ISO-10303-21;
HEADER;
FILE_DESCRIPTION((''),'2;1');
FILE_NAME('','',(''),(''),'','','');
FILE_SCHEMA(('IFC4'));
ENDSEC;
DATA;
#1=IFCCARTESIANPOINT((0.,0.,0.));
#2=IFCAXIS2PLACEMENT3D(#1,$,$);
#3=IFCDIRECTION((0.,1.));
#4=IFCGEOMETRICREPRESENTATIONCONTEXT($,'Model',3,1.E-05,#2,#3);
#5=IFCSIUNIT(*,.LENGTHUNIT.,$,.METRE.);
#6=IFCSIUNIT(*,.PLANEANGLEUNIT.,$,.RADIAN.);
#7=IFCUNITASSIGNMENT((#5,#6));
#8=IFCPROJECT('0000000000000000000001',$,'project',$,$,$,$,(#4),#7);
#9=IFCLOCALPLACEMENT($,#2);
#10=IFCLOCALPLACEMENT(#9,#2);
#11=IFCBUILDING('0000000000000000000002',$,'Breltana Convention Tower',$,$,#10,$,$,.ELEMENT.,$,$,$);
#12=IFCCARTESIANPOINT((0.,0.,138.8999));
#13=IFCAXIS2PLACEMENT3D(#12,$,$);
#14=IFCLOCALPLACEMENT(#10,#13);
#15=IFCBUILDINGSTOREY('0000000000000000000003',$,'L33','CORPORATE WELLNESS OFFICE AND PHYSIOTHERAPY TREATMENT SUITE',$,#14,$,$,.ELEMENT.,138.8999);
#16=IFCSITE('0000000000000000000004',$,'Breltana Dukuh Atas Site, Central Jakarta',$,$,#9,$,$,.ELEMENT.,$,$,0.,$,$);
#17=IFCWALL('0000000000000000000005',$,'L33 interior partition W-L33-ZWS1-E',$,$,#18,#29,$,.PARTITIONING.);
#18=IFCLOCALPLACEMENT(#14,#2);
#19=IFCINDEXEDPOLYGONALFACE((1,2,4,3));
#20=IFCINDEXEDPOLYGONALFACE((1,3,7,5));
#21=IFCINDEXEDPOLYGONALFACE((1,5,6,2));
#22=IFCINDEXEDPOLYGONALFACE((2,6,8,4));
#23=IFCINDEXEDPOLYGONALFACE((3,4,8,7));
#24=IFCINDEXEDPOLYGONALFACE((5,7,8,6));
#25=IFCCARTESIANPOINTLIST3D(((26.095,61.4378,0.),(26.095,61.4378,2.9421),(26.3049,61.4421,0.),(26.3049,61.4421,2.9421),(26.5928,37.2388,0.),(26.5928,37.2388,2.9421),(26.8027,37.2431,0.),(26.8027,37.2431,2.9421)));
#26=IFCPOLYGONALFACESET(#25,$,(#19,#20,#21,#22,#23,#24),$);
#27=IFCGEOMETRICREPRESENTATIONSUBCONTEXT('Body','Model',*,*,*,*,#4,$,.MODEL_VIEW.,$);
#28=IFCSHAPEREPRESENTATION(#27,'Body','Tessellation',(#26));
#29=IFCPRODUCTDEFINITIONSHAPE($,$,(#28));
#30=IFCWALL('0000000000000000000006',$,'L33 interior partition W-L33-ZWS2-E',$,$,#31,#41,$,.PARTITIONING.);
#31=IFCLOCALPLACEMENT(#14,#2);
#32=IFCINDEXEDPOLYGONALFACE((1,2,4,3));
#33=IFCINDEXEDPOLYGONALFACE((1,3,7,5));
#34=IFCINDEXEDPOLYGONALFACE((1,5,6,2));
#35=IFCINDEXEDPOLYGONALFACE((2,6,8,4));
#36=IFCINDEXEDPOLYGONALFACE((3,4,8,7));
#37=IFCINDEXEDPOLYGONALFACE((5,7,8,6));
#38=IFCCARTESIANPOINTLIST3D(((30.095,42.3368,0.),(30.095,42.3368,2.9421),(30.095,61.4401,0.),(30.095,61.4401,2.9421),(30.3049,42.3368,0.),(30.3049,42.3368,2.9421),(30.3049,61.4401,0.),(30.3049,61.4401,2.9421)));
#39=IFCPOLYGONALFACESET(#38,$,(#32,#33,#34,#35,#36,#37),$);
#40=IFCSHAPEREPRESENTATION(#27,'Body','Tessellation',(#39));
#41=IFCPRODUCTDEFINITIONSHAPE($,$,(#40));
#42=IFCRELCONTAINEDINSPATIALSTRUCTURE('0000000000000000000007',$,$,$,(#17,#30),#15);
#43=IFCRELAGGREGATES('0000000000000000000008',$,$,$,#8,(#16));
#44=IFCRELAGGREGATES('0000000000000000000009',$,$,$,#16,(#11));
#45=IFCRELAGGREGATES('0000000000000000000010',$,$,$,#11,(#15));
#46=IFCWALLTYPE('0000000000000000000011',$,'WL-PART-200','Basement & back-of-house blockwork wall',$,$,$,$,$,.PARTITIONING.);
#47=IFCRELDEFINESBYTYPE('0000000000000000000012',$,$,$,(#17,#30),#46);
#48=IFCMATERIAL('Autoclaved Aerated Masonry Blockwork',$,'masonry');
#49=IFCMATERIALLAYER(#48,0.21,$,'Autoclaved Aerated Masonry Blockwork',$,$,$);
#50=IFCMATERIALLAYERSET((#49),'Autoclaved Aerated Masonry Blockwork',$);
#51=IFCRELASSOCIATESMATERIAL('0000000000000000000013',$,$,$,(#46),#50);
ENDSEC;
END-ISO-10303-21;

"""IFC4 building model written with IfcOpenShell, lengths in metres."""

from ifc_helpers import new_model, si_unit, direction, frame, frame_2d, origin, place, context, subcontext, project, spatial, rectangle, extrude, source, transform, mapped, material, layer, layer_set, type_object, element, save


model = new_model("IFC4")

# Units and contexts
model_context = context("Model", 3, precision=1e-05, world=origin(), true_north=direction((0.0, 1.0)))
body_context = subcontext(model_context, "Body", "Model", "MODEL_VIEW")
ifc_project = project(units=[si_unit("LENGTHUNIT", "METRE"), si_unit("PLANEANGLEUNIT", "RADIAN")], contexts=[model_context])

# Site, building, storey
site_placement = place(None, origin())
site = spatial("IfcSite", under=ifc_project, at=site_placement, Name="Breltana Dukuh Atas Site, Central Jakarta", CompositionType="ELEMENT", RefElevation=0.0)
building_placement = place(site_placement, origin())
building = spatial("IfcBuilding", under=site, at=building_placement, Name="Breltana Convention Tower", CompositionType="ELEMENT")
storey_placement = place(building_placement, frame((0.0, 0.0, 138.8999)))
storey = spatial("IfcBuildingStorey", under=building, at=storey_placement, Name="L33", Description="CORPORATE WELLNESS OFFICE AND PHYSIOTHERAPY TREATMENT SUITE", CompositionType="ELEMENT", Elevation=138.8999)

# Walls
ifc_material_1 = material(Name="Autoclaved Aerated Masonry Blockwork", Category="masonry")
ifc_layer_1 = layer(ifc_material_1, 0.21, Name="Autoclaved Aerated Masonry Blockwork")
ifc_layer_set_1 = layer_set([ifc_layer_1], Name="Autoclaved Aerated Masonry Blockwork")
wall_type_1 = type_object("IfcWallType", Name="WL-PART-200", Description="Basement & back-of-house blockwork wall", PredefinedType="PARTITIONING", material=ifc_layer_set_1)
shared_shape_1 = source(origin(), body_context, "Body", "SweptSolid", [
    extrude(rectangle(XDim=24.2041, YDim=0.21, at=frame_2d((12.1021, 0.0))), origin(), (0.0, 0.0, 1.0), 2.9421),
])
wall_1_placement = place(storey_placement, frame((26.6978, 37.241, 0.0), z_axis=(0.0, 0.0, 1.0), x_axis=(-0.020567, 0.999788, 0.0)))
element("IfcWall", 1, at=wall_1_placement, inside=storey, type_object=wall_type_1, Name="L33 interior partition W-L33-ZWS1-E", PredefinedType="PARTITIONING", context=body_context, shape_type="MappedRepresentation", body=[
    mapped(shared_shape_1, transform((0.0, 0.0, 0.0), scale=1.0)),
])
shared_shape_2 = source(origin(), body_context, "Body", "SweptSolid", [
    extrude(rectangle(XDim=19.1033, YDim=0.21, at=frame_2d((9.5518, 0.0))), origin(), (0.0, 0.0, 1.0), 2.9421),
])
wall_2_placement = place(storey_placement, frame((30.2, 42.3367, 0.0), z_axis=(0.0, 0.0, 1.0), x_axis=(0.0, 1.0, 0.0)))
element("IfcWall", 2, at=wall_2_placement, inside=storey, type_object=wall_type_1, Name="L33 interior partition W-L33-ZWS2-E", PredefinedType="PARTITIONING", context=body_context, shape_type="MappedRepresentation", body=[
    mapped(shared_shape_2, transform((0.0, 0.0, 0.0), scale=1.0)),
])

save(model, "model.ifc")
